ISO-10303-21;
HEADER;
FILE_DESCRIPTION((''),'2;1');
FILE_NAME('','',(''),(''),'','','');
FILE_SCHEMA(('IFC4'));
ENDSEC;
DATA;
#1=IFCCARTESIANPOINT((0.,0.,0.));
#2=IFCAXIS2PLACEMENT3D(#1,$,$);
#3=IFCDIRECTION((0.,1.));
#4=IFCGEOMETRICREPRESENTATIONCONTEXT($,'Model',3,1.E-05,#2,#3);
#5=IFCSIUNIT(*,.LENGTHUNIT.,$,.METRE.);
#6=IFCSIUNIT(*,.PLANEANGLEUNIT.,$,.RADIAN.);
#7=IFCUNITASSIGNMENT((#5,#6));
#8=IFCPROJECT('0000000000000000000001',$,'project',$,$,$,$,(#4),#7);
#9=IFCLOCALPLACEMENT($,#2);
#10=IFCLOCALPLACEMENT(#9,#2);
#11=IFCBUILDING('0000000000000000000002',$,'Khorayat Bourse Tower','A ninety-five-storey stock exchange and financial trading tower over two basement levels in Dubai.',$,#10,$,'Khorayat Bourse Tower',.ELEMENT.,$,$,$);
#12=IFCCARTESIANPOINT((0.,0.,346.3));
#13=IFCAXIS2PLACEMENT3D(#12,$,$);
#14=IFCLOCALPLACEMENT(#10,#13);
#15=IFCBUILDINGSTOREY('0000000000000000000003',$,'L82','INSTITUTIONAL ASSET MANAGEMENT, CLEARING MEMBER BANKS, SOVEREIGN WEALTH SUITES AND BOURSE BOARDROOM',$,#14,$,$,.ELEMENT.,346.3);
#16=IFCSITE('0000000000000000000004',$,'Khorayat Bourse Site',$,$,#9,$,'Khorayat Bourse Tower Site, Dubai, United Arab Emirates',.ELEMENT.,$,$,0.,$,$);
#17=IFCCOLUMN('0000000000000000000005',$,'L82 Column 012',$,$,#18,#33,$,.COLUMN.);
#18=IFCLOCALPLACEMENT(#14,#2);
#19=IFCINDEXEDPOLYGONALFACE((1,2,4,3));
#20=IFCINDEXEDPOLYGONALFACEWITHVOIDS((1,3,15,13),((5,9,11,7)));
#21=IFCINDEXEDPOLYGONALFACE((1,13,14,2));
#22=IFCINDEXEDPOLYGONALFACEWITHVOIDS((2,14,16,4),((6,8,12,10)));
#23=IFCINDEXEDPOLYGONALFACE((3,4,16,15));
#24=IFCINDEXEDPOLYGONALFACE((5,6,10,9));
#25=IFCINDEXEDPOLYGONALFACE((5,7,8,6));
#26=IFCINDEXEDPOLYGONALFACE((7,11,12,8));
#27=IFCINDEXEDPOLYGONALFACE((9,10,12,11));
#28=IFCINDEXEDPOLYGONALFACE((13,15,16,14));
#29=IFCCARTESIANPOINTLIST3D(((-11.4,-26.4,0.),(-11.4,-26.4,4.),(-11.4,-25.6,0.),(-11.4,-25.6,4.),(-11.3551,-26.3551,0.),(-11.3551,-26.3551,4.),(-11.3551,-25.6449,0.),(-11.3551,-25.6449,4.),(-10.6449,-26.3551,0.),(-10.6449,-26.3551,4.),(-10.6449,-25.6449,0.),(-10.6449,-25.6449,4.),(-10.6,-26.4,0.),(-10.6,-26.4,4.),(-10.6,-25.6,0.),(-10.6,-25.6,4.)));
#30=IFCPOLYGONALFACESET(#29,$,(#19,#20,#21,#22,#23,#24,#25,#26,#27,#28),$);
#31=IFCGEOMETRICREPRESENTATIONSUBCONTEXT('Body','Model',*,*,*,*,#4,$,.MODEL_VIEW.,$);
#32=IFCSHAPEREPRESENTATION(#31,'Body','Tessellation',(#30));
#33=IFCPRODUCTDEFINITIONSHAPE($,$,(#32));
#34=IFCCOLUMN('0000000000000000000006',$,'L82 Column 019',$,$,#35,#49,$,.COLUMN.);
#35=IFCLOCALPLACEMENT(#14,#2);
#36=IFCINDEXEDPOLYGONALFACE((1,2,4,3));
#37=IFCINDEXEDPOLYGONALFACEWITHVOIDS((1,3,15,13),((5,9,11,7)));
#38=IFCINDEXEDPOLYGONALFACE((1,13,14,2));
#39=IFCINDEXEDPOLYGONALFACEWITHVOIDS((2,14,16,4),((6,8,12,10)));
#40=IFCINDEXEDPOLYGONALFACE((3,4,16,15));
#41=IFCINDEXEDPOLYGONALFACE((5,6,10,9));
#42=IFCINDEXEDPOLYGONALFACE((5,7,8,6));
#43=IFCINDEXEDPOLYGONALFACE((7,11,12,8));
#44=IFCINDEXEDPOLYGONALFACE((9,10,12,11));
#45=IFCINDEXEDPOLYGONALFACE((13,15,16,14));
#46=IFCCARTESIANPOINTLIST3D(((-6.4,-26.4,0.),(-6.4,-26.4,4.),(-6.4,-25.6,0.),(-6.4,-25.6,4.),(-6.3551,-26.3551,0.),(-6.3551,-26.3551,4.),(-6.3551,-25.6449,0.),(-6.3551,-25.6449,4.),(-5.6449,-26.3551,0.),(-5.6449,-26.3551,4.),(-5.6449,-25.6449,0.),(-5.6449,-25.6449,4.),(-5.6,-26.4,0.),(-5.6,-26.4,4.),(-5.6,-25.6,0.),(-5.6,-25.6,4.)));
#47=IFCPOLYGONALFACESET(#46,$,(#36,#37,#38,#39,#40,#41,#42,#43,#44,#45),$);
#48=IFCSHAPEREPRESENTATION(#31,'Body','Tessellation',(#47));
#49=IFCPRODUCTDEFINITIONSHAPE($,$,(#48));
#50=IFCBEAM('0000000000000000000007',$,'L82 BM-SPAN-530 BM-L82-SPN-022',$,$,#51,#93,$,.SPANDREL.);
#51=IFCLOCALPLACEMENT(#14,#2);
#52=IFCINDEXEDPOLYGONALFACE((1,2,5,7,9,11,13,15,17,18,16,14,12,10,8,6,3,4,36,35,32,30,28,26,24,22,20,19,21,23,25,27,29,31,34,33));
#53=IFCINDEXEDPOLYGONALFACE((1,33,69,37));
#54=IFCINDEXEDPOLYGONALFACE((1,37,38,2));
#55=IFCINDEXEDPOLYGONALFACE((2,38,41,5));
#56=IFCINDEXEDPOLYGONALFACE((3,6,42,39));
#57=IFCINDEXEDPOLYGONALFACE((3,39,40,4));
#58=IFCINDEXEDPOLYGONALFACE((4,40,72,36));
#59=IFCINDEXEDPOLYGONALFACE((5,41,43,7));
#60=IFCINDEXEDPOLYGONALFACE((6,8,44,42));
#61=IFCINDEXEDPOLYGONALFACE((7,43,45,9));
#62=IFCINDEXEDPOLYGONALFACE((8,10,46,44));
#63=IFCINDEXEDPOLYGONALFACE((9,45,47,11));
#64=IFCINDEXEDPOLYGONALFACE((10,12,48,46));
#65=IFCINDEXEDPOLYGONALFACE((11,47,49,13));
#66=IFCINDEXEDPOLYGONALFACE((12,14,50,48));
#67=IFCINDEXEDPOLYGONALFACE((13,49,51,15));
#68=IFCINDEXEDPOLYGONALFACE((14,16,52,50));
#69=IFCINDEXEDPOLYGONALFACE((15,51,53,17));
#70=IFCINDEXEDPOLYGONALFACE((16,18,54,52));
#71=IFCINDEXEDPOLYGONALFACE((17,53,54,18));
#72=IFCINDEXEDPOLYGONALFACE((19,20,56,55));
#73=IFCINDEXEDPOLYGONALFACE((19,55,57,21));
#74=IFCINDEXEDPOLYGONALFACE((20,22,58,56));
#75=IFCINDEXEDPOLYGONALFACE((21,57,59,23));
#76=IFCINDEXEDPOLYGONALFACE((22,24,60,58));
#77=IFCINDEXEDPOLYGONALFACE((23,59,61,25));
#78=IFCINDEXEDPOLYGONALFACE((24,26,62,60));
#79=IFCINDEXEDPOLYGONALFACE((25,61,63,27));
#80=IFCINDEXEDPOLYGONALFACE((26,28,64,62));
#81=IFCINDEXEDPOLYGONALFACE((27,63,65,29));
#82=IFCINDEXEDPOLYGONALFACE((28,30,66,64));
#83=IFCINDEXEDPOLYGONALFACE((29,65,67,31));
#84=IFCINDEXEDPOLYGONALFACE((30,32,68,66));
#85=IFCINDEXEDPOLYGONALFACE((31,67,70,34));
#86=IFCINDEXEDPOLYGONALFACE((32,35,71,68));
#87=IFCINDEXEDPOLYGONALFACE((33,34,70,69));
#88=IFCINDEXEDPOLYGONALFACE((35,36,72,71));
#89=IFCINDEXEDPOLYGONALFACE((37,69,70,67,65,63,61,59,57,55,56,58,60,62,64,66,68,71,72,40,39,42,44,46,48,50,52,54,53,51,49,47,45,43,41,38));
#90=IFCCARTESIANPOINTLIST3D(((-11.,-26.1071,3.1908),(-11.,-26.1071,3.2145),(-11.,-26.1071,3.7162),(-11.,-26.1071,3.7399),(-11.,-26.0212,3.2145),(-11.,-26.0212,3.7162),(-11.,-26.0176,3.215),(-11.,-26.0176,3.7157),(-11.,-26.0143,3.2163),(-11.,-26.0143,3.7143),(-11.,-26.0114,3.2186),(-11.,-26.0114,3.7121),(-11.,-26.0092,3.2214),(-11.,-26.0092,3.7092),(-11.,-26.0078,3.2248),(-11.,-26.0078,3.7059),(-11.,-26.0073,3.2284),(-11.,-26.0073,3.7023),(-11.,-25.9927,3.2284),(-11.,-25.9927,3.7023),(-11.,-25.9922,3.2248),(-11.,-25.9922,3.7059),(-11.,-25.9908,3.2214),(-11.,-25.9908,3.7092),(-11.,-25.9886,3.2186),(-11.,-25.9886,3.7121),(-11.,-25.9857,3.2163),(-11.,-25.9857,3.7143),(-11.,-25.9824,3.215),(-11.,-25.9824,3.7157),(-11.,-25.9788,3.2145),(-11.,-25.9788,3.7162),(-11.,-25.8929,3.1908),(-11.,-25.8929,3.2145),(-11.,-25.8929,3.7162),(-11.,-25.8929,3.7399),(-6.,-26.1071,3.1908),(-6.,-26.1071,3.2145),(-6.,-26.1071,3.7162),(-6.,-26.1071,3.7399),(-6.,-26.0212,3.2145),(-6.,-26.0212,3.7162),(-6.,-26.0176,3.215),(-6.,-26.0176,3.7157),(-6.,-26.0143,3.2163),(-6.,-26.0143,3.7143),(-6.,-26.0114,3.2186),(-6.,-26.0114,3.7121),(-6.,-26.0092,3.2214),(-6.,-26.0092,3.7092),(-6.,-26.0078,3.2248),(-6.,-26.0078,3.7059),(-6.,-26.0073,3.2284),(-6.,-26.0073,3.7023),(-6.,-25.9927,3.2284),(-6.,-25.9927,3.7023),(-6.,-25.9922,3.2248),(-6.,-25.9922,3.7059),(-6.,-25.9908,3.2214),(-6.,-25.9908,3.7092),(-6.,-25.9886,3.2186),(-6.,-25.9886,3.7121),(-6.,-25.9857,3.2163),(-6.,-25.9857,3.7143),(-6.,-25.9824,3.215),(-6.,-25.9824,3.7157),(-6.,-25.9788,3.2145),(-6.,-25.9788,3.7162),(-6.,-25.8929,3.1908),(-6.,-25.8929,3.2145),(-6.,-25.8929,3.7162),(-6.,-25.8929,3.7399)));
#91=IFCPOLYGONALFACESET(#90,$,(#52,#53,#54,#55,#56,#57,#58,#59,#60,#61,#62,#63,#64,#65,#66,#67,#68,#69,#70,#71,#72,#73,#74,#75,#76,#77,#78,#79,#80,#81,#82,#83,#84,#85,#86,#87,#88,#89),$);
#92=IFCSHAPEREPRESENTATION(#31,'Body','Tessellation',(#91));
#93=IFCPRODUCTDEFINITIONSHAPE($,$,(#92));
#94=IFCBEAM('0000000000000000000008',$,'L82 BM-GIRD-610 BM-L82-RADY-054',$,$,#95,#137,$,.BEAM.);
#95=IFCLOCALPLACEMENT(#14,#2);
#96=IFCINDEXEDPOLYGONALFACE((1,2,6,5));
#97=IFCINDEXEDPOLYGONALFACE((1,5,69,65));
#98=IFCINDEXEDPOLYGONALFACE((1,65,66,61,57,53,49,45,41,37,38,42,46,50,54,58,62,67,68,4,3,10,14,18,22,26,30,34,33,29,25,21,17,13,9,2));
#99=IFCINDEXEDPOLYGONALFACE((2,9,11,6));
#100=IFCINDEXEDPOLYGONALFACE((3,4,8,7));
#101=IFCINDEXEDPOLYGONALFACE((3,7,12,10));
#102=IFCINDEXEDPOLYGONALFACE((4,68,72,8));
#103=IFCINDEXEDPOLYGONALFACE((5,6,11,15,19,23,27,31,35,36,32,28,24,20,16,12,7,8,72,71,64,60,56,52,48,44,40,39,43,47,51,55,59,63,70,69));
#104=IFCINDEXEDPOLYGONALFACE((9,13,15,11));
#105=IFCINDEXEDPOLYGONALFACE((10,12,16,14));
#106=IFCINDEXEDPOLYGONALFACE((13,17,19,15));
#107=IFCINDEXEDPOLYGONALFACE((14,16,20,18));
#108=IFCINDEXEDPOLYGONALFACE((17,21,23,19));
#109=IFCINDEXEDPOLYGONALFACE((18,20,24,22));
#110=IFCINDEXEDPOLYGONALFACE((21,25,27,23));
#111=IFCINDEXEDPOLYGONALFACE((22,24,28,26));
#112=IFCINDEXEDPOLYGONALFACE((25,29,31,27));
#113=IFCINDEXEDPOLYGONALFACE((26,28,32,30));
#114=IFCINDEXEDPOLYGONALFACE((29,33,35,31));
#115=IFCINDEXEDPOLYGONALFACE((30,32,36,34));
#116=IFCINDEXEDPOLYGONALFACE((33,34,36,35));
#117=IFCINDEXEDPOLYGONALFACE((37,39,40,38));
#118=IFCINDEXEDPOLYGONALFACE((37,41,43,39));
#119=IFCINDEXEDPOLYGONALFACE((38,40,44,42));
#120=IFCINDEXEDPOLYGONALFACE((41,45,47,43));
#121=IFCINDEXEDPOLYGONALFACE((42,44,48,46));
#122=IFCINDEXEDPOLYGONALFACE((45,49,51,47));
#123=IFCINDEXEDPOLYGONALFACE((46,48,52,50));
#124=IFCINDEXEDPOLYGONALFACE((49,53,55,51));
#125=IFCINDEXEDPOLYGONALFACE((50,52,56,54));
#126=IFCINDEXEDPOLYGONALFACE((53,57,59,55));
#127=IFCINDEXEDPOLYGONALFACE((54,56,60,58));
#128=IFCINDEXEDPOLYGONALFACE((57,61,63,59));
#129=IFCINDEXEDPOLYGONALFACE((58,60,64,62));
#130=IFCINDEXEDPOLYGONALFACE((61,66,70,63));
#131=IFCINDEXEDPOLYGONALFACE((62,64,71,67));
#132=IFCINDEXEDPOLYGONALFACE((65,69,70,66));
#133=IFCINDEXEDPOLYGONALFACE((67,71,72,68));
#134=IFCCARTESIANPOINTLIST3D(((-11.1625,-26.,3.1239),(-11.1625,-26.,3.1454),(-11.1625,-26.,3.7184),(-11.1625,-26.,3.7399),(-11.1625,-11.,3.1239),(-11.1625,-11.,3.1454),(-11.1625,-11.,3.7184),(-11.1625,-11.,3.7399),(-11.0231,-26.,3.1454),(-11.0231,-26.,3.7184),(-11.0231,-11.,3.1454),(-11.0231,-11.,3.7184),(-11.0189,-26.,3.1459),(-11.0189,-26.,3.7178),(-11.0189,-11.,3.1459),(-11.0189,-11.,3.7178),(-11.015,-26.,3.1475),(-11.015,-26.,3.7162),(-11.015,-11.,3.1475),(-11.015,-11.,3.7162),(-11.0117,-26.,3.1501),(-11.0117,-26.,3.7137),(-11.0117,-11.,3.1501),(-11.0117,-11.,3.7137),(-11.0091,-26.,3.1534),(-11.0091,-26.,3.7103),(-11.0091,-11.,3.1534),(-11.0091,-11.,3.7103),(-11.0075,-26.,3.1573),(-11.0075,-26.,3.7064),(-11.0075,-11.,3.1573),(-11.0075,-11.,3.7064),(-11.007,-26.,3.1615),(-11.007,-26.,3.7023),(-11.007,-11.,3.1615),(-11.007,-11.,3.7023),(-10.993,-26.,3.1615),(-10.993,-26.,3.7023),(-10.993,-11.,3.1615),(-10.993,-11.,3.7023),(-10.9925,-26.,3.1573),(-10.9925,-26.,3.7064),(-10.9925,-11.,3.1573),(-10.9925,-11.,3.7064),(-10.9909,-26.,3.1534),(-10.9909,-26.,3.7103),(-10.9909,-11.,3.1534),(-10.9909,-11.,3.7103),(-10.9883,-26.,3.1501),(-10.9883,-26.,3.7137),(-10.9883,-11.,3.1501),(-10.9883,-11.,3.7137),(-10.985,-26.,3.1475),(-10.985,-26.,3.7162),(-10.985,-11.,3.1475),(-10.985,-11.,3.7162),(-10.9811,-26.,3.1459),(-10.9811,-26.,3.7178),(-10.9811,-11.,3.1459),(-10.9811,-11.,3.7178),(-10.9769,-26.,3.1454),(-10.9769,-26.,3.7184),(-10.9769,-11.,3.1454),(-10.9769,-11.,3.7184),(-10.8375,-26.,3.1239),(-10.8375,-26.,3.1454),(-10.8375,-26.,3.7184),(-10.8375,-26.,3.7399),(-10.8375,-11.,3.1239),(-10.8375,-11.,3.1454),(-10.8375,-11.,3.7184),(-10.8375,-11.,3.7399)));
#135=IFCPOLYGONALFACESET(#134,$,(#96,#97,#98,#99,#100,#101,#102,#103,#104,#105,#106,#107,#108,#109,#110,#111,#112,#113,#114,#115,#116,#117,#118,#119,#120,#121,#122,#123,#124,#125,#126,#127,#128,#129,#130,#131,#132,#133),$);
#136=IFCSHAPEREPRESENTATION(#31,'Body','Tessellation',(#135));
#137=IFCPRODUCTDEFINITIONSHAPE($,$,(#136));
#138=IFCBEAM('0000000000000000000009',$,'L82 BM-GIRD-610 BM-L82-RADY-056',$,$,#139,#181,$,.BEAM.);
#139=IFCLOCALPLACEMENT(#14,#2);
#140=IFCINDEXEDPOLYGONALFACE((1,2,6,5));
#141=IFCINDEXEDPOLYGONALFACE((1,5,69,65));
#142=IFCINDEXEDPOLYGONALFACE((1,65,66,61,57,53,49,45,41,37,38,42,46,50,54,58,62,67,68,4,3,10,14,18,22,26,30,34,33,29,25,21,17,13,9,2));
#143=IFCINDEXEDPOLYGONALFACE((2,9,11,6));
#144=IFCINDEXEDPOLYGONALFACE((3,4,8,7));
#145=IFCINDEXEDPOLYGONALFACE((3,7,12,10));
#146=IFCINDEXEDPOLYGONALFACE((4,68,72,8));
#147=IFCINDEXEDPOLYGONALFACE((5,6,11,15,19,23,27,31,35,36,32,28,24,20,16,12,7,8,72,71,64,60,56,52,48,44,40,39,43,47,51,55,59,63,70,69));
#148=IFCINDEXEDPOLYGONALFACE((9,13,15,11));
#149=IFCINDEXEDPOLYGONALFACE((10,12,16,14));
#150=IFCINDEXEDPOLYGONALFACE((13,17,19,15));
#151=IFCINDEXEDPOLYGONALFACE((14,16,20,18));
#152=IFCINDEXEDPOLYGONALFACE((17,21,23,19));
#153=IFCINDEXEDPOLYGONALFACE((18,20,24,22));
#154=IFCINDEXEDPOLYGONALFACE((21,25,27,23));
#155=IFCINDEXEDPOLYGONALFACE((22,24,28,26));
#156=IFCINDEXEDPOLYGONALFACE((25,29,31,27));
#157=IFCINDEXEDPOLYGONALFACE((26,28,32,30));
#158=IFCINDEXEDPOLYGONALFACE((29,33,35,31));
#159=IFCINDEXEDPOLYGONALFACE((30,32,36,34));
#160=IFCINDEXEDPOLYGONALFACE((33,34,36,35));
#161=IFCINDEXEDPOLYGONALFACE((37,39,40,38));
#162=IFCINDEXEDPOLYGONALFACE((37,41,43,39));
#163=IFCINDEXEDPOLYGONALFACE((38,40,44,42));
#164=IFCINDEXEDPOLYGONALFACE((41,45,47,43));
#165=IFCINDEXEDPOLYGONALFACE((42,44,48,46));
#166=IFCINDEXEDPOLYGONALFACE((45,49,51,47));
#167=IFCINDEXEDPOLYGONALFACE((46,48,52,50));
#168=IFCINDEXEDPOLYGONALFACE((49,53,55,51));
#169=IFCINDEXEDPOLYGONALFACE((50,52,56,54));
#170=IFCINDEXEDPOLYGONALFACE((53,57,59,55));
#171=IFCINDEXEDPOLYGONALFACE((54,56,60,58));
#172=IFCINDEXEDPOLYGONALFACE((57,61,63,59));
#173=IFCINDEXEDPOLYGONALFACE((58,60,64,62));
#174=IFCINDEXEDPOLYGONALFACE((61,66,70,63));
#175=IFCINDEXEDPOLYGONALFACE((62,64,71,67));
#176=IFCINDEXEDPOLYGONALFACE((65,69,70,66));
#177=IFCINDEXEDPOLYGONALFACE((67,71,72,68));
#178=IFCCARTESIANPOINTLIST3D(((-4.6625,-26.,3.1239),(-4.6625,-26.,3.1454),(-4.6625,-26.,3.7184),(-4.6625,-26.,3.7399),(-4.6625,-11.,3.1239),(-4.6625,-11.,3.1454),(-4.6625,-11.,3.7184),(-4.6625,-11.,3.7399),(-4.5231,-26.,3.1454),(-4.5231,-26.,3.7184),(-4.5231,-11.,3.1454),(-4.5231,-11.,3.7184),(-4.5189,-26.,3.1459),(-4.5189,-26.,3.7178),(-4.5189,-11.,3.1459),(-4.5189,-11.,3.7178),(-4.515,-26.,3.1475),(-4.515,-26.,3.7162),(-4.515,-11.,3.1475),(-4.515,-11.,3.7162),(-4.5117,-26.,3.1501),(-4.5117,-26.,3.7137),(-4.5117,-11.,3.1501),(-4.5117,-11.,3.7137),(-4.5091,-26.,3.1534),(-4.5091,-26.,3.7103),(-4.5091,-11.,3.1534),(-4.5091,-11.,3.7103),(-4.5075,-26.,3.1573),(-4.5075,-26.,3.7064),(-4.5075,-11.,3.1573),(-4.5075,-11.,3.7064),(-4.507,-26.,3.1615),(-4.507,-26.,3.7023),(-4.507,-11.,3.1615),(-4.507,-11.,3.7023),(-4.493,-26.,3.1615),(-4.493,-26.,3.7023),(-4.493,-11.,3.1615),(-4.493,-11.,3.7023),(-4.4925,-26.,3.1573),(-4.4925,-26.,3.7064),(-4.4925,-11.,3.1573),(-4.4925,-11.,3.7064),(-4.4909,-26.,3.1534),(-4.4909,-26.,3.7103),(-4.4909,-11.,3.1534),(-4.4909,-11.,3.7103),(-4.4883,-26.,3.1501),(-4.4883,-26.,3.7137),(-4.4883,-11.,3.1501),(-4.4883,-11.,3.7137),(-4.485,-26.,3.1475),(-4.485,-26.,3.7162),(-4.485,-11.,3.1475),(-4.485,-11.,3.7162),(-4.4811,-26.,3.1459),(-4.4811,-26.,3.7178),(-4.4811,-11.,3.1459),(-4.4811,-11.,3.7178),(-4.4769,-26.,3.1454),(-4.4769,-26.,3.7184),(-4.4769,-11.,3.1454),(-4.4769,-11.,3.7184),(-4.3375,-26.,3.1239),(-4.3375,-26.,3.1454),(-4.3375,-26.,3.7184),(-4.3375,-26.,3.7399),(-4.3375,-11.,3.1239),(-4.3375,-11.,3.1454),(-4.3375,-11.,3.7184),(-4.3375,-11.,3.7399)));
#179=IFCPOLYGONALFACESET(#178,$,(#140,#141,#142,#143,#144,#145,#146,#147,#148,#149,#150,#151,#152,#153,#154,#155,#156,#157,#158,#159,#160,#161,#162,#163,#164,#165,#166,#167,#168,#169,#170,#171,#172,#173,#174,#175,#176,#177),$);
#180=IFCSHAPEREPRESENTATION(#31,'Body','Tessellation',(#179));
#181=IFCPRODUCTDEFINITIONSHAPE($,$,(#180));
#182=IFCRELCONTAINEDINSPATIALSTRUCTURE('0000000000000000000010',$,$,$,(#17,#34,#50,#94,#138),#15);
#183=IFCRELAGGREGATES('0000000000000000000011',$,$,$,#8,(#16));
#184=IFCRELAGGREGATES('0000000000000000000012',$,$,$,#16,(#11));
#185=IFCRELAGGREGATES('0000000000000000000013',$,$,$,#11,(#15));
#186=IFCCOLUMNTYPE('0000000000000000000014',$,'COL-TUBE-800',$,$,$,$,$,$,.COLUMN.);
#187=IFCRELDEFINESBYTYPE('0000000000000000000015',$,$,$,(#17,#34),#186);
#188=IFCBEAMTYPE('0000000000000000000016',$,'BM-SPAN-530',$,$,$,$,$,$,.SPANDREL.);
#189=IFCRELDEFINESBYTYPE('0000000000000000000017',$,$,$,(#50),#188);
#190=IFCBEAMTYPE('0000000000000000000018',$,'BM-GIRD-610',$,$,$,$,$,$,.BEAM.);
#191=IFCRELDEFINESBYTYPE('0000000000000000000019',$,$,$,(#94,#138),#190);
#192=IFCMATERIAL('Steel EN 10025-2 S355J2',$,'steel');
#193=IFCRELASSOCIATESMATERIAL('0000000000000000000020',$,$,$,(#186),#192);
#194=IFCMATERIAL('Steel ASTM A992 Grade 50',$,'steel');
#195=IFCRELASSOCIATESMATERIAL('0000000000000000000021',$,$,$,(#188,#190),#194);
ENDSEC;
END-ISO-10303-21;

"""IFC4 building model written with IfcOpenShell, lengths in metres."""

from ifc_helpers import new_model, si_unit, direction, frame, origin, origin_2d, place, context, subcontext, project, spatial, hollow_rectangle, i_section, extrude, source, transform, mapped, material, material_profile, profile_set, type_object, element, save


model = new_model("IFC4")

# Units and contexts
model_context = context("Model", 3, precision=1e-05, world=origin(), true_north=direction((0.0, 1.0)))
body_context = subcontext(model_context, "Body", "Model", "MODEL_VIEW")
ifc_project = project(units=[si_unit("LENGTHUNIT", "METRE"), si_unit("PLANEANGLEUNIT", "RADIAN")], contexts=[model_context])

# Site, building, storey
site_placement = place(None, origin())
site = spatial("IfcSite", under=ifc_project, at=site_placement, Name="Khorayat Bourse Site", LongName="Khorayat Bourse Tower Site, Dubai, United Arab Emirates", CompositionType="ELEMENT", RefElevation=0.0)
building_placement = place(site_placement, origin())
building = spatial("IfcBuilding", under=site, at=building_placement, Name="Khorayat Bourse Tower", Description="A ninety-five-storey stock exchange and financial trading tower over two basement levels in Dubai.", LongName="Khorayat Bourse Tower", CompositionType="ELEMENT")
storey_placement = place(building_placement, frame((0.0, 0.0, 346.3)))
storey = spatial("IfcBuildingStorey", under=building, at=storey_placement, Name="L82", Description="INSTITUTIONAL ASSET MANAGEMENT, CLEARING MEMBER BANKS, SOVEREIGN WEALTH SUITES AND BOURSE BOARDROOM", CompositionType="ELEMENT", Elevation=346.3)

# Columns
ifc_material_1 = material(Name="Steel EN 10025-2 S355J2", Category="steel")
ifc_material_profile_1 = material_profile(ifc_material_1, hollow_rectangle(XDim=0.8, YDim=0.8, WallThickness=0.0449, at=origin_2d()), Name="BOX 800x800x45")
ifc_profile_set_1 = profile_set([ifc_material_profile_1], Name="Steel EN 10025-2 S355J2")
column_type = type_object("IfcColumnType", Name="COL-TUBE-800", PredefinedType="COLUMN", material=ifc_profile_set_1)
shared_shape_1 = source(origin(), body_context, "Body", "SweptSolid", [
    extrude(hollow_rectangle(XDim=0.8, YDim=0.8, WallThickness=0.0449, at=origin_2d()), origin(), (0.0, 0.0, 1.0), 4.0),
])
for number, where, z_axis, x_axis, name in (
    (1, (-11.0, -26.0, 0.0), (0.0, 0.0, 1.0), (1.0, 0.0, 0.0), "L82 Column 012"),
    (2, (-6.0, -26.0, 0.0), (0.0, 0.0, 1.0), (1.0, 0.0, 0.0), "L82 Column 019"),
):
    element("IfcColumn", number, at=place(storey_placement, frame(where, z_axis=z_axis, x_axis=x_axis)), inside=storey, type_object=column_type, Name=name, PredefinedType="COLUMN", context=body_context, shape_type="MappedRepresentation", body=[
        mapped(shared_shape_1, transform((0.0, 0.0, 0.0), scale=1.0)),
    ])

# Beams
ifc_material_2 = material(Name="Steel ASTM A992 Grade 50", Category="steel")
ifc_material_profile_2 = material_profile(ifc_material_2, i_section(OverallWidth=0.2141, OverallDepth=0.5491, WebThickness=0.0146, FlangeThickness=0.0237, FilletRadius=0.0139, at=origin_2d()), Name="W530X138")
ifc_profile_set_2 = profile_set([ifc_material_profile_2], Name="Steel ASTM A992 Grade 50")
beam_type_1 = type_object("IfcBeamType", Name="BM-SPAN-530", PredefinedType="SPANDREL", material=ifc_profile_set_2)
shared_shape_2 = source(origin(), body_context, "Body", "SweptSolid", [
    extrude(i_section(OverallWidth=0.2141, OverallDepth=0.5491, WebThickness=0.0146, FlangeThickness=0.0237, FilletRadius=0.0139, at=origin_2d()), origin(), (0.0, 0.0, 1.0), 5.0),
])
beam_1_placement = place(storey_placement, frame((-11.0, -26.0, 3.4653), z_axis=(1.0, 0.0, 0.0), x_axis=(0.0, 1.0, 0.0)))
element("IfcBeam", 3, at=beam_1_placement, inside=storey, type_object=beam_type_1, Name="L82 BM-SPAN-530 BM-L82-SPN-022", PredefinedType="SPANDREL", context=body_context, shape_type="MappedRepresentation", body=[
    mapped(shared_shape_2, transform((0.0, 0.0, 0.0), scale=1.0)),
])
ifc_material_profile_3 = material_profile(ifc_material_2, i_section(OverallWidth=0.325, OverallDepth=0.616, WebThickness=0.0139, FlangeThickness=0.0215, FilletRadius=0.0161, at=origin_2d()), Name="W610X174")
ifc_profile_set_3 = profile_set([ifc_material_profile_3], Name="Steel ASTM A992 Grade 50")
beam_type_2 = type_object("IfcBeamType", Name="BM-GIRD-610", PredefinedType="BEAM", material=ifc_profile_set_3)
shared_shape_3 = source(origin(), body_context, "Body", "SweptSolid", [
    extrude(i_section(OverallWidth=0.325, OverallDepth=0.616, WebThickness=0.0139, FlangeThickness=0.0215, FilletRadius=0.0161, at=origin_2d()), origin(), (0.0, 0.0, 1.0), 15.0),
])
for number, where, z_axis, x_axis, name in (
    (4, (-11.0, -26.0, 3.4319), (0.0, 1.0, 0.0), (-1.0, 0.0, 0.0), "L82 BM-GIRD-610 BM-L82-RADY-054"),
    (5, (-4.5, -26.0, 3.4319), (0.0, 1.0, 0.0), (-1.0, 0.0, 0.0), "L82 BM-GIRD-610 BM-L82-RADY-056"),
):
    element("IfcBeam", number, at=place(storey_placement, frame(where, z_axis=z_axis, x_axis=x_axis)), inside=storey, type_object=beam_type_2, Name=name, PredefinedType="BEAM", context=body_context, shape_type="MappedRepresentation", body=[
        mapped(shared_shape_3, transform((0.0, 0.0, 0.0), scale=1.0)),
    ])

save(model, "model.ifc")
